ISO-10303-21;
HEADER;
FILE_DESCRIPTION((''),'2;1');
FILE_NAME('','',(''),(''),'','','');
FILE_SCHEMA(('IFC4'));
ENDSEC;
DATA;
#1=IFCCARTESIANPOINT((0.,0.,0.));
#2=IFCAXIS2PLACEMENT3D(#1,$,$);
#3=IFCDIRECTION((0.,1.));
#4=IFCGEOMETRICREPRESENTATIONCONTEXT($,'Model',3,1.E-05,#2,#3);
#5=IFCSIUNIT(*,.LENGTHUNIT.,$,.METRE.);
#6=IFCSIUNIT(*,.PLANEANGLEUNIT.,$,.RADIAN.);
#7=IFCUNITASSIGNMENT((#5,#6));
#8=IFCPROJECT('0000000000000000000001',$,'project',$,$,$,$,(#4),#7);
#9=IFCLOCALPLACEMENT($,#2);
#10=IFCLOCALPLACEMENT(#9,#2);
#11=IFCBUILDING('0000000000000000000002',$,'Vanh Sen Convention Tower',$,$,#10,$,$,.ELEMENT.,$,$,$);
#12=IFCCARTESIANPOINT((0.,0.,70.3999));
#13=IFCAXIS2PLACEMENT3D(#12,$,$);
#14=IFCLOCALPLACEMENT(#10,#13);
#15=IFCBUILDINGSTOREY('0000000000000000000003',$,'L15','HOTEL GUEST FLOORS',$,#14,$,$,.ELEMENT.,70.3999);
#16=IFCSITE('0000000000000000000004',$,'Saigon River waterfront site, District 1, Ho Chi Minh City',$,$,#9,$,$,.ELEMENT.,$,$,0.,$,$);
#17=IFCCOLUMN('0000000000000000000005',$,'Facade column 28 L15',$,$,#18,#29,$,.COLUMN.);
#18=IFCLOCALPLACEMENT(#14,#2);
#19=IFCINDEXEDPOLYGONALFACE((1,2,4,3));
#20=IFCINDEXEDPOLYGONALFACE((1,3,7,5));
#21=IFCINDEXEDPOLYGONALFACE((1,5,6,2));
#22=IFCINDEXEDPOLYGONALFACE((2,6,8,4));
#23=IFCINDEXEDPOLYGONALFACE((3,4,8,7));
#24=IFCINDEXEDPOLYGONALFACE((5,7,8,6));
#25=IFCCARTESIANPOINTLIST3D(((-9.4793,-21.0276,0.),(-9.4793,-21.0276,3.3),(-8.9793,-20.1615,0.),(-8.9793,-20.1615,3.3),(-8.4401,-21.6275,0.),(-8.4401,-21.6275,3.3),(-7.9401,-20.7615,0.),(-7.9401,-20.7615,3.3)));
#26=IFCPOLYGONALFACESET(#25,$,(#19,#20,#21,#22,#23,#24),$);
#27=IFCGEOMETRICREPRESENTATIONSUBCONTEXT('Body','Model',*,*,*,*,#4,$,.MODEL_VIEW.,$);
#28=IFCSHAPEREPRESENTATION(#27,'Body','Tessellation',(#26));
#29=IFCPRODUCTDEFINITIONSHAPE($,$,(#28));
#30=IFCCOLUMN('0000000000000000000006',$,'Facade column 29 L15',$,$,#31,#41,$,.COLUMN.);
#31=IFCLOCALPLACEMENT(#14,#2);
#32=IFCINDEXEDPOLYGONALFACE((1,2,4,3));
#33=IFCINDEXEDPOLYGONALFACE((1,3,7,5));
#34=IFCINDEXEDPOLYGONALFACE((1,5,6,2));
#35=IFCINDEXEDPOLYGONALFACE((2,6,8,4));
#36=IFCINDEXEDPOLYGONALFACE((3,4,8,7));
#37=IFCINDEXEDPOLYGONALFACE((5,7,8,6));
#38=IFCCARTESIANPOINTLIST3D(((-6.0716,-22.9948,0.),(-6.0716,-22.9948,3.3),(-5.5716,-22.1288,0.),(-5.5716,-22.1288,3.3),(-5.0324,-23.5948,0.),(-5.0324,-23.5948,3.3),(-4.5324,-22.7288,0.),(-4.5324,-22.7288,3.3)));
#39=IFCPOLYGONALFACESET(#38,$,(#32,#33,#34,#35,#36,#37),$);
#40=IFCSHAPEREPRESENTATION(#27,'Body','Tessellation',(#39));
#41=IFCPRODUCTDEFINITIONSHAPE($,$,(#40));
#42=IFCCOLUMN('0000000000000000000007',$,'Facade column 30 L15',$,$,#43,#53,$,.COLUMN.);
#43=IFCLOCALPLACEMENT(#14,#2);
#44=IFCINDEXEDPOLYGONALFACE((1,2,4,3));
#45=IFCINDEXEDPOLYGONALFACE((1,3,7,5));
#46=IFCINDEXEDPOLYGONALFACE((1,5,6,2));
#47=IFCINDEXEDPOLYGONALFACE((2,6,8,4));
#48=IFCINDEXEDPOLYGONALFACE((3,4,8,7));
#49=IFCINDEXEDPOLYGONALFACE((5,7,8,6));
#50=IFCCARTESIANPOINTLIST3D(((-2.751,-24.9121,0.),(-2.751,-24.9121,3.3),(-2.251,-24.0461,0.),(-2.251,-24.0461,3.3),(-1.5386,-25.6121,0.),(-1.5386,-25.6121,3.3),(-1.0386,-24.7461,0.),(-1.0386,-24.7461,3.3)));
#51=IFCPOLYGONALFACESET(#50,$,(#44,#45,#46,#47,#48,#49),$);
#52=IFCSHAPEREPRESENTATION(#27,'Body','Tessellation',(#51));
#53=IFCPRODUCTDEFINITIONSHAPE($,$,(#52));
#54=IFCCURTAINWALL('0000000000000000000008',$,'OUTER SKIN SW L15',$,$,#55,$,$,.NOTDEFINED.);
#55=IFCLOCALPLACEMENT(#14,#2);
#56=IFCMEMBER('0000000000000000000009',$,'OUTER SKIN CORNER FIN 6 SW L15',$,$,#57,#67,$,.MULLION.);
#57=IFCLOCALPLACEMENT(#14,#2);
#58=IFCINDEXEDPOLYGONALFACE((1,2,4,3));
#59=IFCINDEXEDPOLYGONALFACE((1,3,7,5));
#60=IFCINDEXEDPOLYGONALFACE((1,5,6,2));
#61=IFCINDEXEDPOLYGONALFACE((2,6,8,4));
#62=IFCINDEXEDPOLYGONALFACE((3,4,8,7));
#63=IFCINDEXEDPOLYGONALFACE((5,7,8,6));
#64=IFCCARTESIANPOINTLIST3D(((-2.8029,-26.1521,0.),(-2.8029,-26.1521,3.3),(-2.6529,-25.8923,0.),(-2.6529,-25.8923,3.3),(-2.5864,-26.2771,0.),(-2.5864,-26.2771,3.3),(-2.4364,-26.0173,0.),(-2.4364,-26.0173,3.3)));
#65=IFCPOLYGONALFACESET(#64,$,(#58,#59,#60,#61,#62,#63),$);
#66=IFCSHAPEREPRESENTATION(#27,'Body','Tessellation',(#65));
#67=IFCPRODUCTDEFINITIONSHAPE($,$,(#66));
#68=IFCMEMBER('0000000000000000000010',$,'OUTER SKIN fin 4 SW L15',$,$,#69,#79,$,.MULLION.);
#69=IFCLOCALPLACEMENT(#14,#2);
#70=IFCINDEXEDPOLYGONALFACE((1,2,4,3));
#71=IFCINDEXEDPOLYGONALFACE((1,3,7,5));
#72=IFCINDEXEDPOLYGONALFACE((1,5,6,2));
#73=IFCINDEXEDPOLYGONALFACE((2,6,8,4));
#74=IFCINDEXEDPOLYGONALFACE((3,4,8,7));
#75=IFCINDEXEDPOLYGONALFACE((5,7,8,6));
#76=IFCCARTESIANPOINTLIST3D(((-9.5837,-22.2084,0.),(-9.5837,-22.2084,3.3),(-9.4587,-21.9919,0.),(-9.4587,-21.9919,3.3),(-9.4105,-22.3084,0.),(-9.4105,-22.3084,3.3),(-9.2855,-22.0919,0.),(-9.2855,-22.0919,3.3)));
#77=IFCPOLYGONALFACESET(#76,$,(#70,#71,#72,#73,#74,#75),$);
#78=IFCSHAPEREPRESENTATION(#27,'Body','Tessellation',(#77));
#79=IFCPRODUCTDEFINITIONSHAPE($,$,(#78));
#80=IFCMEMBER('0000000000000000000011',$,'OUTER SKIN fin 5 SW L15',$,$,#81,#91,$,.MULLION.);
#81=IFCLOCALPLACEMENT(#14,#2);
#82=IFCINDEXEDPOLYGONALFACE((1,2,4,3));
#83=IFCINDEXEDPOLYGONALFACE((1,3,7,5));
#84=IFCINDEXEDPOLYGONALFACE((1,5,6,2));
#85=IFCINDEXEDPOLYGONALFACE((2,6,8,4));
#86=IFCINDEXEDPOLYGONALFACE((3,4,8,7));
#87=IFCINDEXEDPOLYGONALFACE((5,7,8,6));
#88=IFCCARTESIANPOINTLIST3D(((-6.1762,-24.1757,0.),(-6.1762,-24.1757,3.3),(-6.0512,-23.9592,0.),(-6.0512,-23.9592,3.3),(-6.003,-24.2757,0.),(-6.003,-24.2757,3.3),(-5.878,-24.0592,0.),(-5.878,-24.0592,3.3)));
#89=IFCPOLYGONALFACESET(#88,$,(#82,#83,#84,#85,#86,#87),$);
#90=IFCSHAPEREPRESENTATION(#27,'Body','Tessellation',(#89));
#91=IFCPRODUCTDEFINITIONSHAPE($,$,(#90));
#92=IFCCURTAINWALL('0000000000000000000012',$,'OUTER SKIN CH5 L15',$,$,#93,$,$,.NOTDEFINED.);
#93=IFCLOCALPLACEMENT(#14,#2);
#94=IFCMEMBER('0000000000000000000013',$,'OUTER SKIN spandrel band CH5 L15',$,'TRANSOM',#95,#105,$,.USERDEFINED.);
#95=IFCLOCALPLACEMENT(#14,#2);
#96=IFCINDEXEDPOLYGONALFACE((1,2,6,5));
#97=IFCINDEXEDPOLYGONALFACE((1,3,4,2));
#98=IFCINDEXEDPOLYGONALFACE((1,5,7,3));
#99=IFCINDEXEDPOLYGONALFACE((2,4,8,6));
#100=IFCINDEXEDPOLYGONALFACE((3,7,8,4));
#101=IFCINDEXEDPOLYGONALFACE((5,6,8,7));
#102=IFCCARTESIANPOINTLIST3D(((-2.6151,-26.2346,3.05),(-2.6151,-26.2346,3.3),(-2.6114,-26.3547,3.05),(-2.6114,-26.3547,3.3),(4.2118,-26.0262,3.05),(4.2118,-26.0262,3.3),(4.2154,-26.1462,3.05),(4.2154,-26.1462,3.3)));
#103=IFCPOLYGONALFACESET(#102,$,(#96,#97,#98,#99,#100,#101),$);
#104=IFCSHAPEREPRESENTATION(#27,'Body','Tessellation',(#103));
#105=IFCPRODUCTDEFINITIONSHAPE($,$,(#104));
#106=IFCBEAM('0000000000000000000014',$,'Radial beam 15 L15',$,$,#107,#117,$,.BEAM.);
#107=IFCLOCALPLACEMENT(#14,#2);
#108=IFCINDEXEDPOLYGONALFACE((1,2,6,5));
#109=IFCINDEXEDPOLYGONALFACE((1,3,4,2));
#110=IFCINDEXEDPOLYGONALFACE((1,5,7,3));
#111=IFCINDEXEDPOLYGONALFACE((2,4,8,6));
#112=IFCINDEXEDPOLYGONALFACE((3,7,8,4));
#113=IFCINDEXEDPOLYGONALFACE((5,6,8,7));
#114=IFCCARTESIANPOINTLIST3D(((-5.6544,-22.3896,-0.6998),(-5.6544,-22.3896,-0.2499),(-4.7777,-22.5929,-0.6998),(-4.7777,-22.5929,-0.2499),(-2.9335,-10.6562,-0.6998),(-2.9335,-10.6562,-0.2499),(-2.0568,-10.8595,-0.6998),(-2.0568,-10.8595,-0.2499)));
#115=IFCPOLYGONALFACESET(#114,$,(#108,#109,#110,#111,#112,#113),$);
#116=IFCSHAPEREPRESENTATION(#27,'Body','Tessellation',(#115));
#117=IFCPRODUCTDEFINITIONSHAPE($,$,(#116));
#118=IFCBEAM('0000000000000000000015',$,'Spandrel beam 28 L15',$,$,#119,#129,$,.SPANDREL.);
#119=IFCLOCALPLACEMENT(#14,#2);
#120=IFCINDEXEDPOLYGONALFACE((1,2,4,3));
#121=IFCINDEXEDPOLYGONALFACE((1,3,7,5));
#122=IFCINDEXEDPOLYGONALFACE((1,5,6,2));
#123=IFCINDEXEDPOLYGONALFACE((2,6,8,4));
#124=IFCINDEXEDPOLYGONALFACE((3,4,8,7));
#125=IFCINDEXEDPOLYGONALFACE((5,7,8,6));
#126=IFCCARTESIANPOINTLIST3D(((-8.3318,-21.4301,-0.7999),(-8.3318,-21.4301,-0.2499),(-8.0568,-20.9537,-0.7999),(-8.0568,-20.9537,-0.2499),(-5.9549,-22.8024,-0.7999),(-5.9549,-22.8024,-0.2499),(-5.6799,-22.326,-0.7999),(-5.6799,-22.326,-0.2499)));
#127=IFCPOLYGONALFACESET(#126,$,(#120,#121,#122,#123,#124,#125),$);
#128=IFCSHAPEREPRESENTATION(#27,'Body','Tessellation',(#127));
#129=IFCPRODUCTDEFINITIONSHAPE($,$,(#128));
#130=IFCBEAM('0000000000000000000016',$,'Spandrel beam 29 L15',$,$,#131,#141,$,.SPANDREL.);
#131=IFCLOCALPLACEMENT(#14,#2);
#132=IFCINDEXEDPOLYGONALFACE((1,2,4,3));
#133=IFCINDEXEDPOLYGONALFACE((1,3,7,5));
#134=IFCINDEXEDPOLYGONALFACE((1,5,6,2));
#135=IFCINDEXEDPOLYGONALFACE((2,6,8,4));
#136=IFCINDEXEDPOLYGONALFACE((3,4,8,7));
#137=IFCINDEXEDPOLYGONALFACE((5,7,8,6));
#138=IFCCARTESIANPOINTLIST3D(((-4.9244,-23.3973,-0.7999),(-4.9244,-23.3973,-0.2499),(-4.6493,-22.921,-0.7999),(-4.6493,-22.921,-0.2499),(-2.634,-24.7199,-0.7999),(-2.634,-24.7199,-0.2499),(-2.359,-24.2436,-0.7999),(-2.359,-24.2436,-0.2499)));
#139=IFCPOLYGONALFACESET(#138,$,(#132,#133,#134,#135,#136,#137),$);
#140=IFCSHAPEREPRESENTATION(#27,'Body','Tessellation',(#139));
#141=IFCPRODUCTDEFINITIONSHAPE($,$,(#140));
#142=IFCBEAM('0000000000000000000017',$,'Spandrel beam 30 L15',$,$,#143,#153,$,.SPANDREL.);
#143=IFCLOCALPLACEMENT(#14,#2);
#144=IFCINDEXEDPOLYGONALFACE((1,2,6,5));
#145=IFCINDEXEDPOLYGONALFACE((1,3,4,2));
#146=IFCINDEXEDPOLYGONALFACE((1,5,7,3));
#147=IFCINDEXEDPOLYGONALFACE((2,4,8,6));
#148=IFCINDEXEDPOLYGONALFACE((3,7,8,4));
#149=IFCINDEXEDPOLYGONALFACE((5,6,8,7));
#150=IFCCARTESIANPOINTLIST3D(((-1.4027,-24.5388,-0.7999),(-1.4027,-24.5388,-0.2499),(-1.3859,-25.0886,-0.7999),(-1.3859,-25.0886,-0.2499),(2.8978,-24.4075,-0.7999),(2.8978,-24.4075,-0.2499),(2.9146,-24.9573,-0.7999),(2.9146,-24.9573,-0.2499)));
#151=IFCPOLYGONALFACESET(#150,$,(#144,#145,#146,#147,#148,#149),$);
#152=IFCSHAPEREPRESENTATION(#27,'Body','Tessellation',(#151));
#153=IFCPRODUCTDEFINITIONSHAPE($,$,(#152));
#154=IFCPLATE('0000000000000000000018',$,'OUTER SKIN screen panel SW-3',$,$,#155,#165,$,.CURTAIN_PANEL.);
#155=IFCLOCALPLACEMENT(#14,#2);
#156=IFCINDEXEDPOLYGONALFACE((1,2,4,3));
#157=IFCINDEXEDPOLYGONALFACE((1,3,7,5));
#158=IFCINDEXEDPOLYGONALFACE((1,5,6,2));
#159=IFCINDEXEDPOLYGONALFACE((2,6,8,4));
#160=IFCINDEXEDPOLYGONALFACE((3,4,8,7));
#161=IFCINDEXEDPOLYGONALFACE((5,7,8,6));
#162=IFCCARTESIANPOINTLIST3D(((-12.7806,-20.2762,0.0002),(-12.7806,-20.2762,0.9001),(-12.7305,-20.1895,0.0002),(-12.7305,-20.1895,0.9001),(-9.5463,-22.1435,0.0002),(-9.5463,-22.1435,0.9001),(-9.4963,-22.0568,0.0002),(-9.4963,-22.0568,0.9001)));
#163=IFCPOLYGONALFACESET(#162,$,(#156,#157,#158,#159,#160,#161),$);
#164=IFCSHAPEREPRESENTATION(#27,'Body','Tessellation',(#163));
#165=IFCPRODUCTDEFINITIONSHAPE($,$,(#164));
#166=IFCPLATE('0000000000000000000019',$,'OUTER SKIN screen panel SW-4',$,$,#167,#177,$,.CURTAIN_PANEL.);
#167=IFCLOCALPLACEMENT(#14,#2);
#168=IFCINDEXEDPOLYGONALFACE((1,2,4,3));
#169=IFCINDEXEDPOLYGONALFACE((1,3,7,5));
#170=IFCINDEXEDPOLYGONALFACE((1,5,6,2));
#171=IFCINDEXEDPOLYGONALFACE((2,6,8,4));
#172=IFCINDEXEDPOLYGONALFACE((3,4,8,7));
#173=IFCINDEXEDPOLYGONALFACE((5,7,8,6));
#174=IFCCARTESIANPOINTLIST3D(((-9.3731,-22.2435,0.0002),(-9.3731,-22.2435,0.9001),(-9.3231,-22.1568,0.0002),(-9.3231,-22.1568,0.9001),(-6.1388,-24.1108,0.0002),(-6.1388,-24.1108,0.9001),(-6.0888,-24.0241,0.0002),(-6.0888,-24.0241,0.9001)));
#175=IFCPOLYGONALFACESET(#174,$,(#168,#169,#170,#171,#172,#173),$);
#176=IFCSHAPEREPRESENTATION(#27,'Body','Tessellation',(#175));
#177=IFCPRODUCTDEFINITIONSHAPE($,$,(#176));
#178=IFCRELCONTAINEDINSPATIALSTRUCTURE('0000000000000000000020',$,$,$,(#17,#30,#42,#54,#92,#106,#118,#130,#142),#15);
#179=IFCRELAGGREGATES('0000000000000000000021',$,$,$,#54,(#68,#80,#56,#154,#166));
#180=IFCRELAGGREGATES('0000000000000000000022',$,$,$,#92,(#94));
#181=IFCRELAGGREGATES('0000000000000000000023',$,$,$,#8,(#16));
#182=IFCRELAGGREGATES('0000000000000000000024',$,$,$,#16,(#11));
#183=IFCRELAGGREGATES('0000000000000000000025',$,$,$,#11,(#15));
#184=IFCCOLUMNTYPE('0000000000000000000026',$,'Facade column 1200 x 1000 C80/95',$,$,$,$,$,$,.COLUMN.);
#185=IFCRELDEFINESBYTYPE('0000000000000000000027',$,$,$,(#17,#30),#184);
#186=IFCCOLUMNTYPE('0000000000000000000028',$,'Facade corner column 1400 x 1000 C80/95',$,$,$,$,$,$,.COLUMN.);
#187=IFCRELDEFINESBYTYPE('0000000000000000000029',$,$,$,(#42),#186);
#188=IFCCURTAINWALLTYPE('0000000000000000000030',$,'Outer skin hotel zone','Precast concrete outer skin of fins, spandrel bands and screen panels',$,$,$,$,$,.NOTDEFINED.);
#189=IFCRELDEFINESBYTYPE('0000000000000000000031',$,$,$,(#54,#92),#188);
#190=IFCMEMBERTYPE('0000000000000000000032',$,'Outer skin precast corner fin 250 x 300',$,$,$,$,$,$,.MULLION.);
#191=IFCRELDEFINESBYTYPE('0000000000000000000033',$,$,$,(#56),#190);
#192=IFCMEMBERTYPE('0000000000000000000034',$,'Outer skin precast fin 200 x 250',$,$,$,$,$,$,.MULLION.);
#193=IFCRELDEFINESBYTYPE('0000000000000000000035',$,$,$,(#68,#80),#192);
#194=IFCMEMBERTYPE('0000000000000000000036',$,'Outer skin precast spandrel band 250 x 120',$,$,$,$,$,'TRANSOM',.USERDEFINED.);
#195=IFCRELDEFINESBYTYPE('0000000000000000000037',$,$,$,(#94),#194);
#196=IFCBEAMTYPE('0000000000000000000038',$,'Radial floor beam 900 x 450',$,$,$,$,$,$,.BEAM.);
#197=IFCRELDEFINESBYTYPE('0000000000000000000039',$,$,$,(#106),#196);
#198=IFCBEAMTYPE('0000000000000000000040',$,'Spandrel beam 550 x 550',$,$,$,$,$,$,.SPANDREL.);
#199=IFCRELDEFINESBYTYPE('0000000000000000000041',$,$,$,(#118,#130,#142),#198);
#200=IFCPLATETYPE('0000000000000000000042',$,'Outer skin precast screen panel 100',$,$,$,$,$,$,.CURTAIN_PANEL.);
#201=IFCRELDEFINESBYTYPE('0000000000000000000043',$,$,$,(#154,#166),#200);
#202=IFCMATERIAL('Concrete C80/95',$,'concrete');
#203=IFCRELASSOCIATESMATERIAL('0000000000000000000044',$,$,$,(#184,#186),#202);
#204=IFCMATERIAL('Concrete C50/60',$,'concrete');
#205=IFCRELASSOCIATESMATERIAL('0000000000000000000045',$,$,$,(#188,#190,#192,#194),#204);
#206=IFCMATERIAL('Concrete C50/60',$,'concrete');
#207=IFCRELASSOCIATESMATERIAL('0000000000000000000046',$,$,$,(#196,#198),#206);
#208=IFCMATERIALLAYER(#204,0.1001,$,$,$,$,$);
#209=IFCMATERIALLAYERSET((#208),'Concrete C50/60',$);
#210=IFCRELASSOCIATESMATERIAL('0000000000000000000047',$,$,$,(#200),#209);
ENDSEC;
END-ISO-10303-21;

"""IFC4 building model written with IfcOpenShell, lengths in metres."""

from ifc_helpers import new_model, si_unit, direction, frame, origin, origin_2d, place, context, subcontext, project, spatial, rectangle, extrude, material, layer, layer_set, material_profile, profile_set, type_object, element, aggregate, save


model = new_model("IFC4")

# Units and contexts
model_context = context("Model", 3, precision=1e-05, world=origin(), true_north=direction((0.0, 1.0)))
body_context = subcontext(model_context, "Body", "Model", "MODEL_VIEW")
ifc_project = project(units=[si_unit("LENGTHUNIT", "METRE"), si_unit("PLANEANGLEUNIT", "RADIAN")], contexts=[model_context])

# Site, building, storey
site_placement = place(None, origin())
site = spatial("IfcSite", under=ifc_project, at=site_placement, Name="Saigon River waterfront site, District 1, Ho Chi Minh City", CompositionType="ELEMENT", RefElevation=0.0)
building_placement = place(site_placement, origin())
building = spatial("IfcBuilding", under=site, at=building_placement, Name="Vanh Sen Convention Tower", CompositionType="ELEMENT")
storey_placement = place(building_placement, frame((0.0, 0.0, 70.3999)))
storey = spatial("IfcBuildingStorey", under=building, at=storey_placement, Name="L15", Description="HOTEL GUEST FLOORS", CompositionType="ELEMENT", Elevation=70.3999)

# Columns
ifc_material_1 = material(Name="Concrete C80/95", Category="concrete")
ifc_material_profile_1 = material_profile(ifc_material_1, rectangle(XDim=1.2, YDim=1.0, at=origin_2d()), Name="RC 1200X1000")
ifc_profile_set_1 = profile_set([ifc_material_profile_1], Name="Concrete C80/95")
column_type_1 = type_object("IfcColumnType", Name="Facade column 1200 x 1000 C80/95", PredefinedType="COLUMN", material=ifc_profile_set_1)
for number, where, z_axis, x_axis, name in (
    (1, (-8.7097, -20.8945, 0.0), (0.0, 0.0, 1.0), (0.866025, -0.5, 0.0), "Facade column 28 L15"),
    (2, (-5.302, -22.8618, 0.0), (0.0, 0.0, 1.0), (0.866025, -0.5, 0.0), "Facade column 29 L15"),
):
    element("IfcColumn", number, at=place(storey_placement, frame(where, z_axis=z_axis, x_axis=x_axis)), inside=storey, type_object=column_type_1, Name=name, PredefinedType="COLUMN", context=body_context, shape_type="SweptSolid", body=[
        extrude(rectangle(XDim=1.2, YDim=1.0, at=origin_2d()), origin(), (0.0, 0.0, 1.0), 3.3),
    ])
ifc_material_profile_2 = material_profile(ifc_material_1, rectangle(XDim=1.3999, YDim=1.0, at=origin_2d()), Name="RC 1400X1000")
ifc_profile_set_2 = profile_set([ifc_material_profile_2], Name="Concrete C80/95")
column_type_2 = type_object("IfcColumnType", Name="Facade corner column 1400 x 1000 C80/95", PredefinedType="COLUMN", material=ifc_profile_set_2)
column_placement = place(storey_placement, frame((-1.8948, -24.8291, 0.0), z_axis=(0.0, 0.0, 1.0), x_axis=(0.866025, -0.5, 0.0)))
element("IfcColumn", 3, at=column_placement, inside=storey, type_object=column_type_2, Name="Facade column 30 L15", PredefinedType="COLUMN", context=body_context, shape_type="SweptSolid", body=[
    extrude(rectangle(XDim=1.3999, YDim=1.0, at=origin_2d()), origin(), (0.0, 0.0, 1.0), 3.3),
])

# Curtain wall, members
ifc_material_2 = material(Name="Concrete C50/60", Category="concrete")
curtain_wall_type = type_object("IfcCurtainWallType", Name="Outer skin hotel zone", Description="Precast concrete outer skin of fins, spandrel bands and screen panels", PredefinedType="NOTDEFINED", material=ifc_material_2)
curtain_wall_1_placement = place(storey_placement, origin())
curtain_wall_1 = element("IfcCurtainWall", 4, at=curtain_wall_1_placement, inside=storey, type_object=curtain_wall_type, Name="OUTER SKIN SW L15", PredefinedType="NOTDEFINED")
ifc_material_profile_3 = material_profile(ifc_material_2, rectangle(XDim=0.25, YDim=0.3, at=origin_2d()), Name="Outer skin precast corner fin 250 x 300")
ifc_profile_set_3 = profile_set([ifc_material_profile_3], Name="Concrete C50/60")
member_type_1 = type_object("IfcMemberType", Name="Outer skin precast corner fin 250 x 300", PredefinedType="MULLION", material=ifc_profile_set_3)
member_1_placement = place(storey_placement, frame((-2.6196, -26.0847, 0.0), z_axis=(0.0, 0.0, 1.0), x_axis=(0.866025, -0.5, 0.0)))
member_1 = element("IfcMember", 5, at=member_1_placement, type_object=member_type_1, Name="OUTER SKIN CORNER FIN 6 SW L15", PredefinedType="MULLION", context=body_context, shape_type="SweptSolid", body=[
    extrude(rectangle(XDim=0.25, YDim=0.3, at=origin_2d()), origin(), (0.0, 0.0, 1.0), 3.3),
])
ifc_material_profile_4 = material_profile(ifc_material_2, rectangle(XDim=0.2, YDim=0.25, at=origin_2d()), Name="Outer skin precast fin 200 x 250")
ifc_profile_set_4 = profile_set([ifc_material_profile_4], Name="Concrete C50/60")
member_type_2 = type_object("IfcMemberType", Name="Outer skin precast fin 200 x 250", PredefinedType="MULLION", material=ifc_profile_set_4)
member_2_placement = place(storey_placement, frame((-9.4346, -22.1501, 0.0), z_axis=(0.0, 0.0, 1.0), x_axis=(0.866025, -0.5, 0.0)))
member_2 = element("IfcMember", 6, at=member_2_placement, type_object=member_type_2, Name="OUTER SKIN fin 4 SW L15", PredefinedType="MULLION", context=body_context, shape_type="SweptSolid", body=[
    extrude(rectangle(XDim=0.2, YDim=0.25, at=origin_2d()), origin(), (0.0, 0.0, 1.0), 3.3),
])
member_3_placement = place(storey_placement, frame((-6.0271, -24.1174, 0.0), z_axis=(0.0, 0.0, 1.0), x_axis=(0.866025, -0.5, 0.0)))
member_3 = element("IfcMember", 7, at=member_3_placement, type_object=member_type_2, Name="OUTER SKIN fin 5 SW L15", PredefinedType="MULLION", context=body_context, shape_type="SweptSolid", body=[
    extrude(rectangle(XDim=0.2, YDim=0.25, at=origin_2d()), origin(), (0.0, 0.0, 1.0), 3.3),
])

# Curtain wall, member
curtain_wall_2_placement = place(storey_placement, origin())
curtain_wall_2 = element("IfcCurtainWall", 8, at=curtain_wall_2_placement, inside=storey, type_object=curtain_wall_type, Name="OUTER SKIN CH5 L15", PredefinedType="NOTDEFINED")
ifc_material_profile_5 = material_profile(ifc_material_2, rectangle(XDim=0.1201, YDim=0.25, at=origin_2d()), Name="Outer skin precast spandrel band 250 x 120")
ifc_profile_set_5 = profile_set([ifc_material_profile_5], Name="Concrete C50/60")
member_type_3 = type_object("IfcMemberType", Name="Outer skin precast spandrel band 250 x 120", ElementType="TRANSOM", PredefinedType="USERDEFINED", material=ifc_profile_set_5)
member_4_placement = place(storey_placement, frame((-2.6133, -26.2947, 3.175), z_axis=(0.999534, 0.030526, 0.0), x_axis=(-0.030526, 0.999534, 0.0)))
member_4 = element("IfcMember", 9, at=member_4_placement, type_object=member_type_3, Name="OUTER SKIN spandrel band CH5 L15", ObjectType="TRANSOM", PredefinedType="USERDEFINED", context=body_context, shape_type="SweptSolid", body=[
    extrude(rectangle(XDim=0.1201, YDim=0.25, at=origin_2d()), origin(), (0.0, 0.0, 1.0), 6.8301),
])

# Beams
ifc_material_3 = material(Name="Concrete C50/60", Category="concrete")
ifc_material_profile_6 = material_profile(ifc_material_3, rectangle(XDim=0.8999, YDim=0.45, at=origin_2d()), Name="RC 900X450")
ifc_profile_set_6 = profile_set([ifc_material_profile_6], Name="Concrete C50/60")
beam_type_1 = type_object("IfcBeamType", Name="Radial floor beam 900 x 450", PredefinedType="BEAM", material=ifc_profile_set_6)
beam_1_placement = place(storey_placement, frame((-5.2161, -22.4912, -0.4749), z_axis=(0.225903, 0.97415, 0.0), x_axis=(-0.97415, 0.225903, 0.0)))
element("IfcBeam", 10, at=beam_1_placement, inside=storey, type_object=beam_type_1, Name="Radial beam 15 L15", PredefinedType="BEAM", context=body_context, shape_type="SweptSolid", body=[
    extrude(rectangle(XDim=0.8999, YDim=0.45, at=origin_2d()), origin(), (0.0, 0.0, 1.0), 12.0447),
])
ifc_material_profile_7 = material_profile(ifc_material_3, rectangle(XDim=0.55, YDim=0.55, at=origin_2d()), Name="RC 550X550")
ifc_profile_set_7 = profile_set([ifc_material_profile_7], Name="Concrete C50/60")
beam_type_2 = type_object("IfcBeamType", Name="Spandrel beam 550 x 550", PredefinedType="SPANDREL", material=ifc_profile_set_7)
beam_2_placement = place(storey_placement, frame((-8.1943, -21.1919, -0.5249), z_axis=(0.866029, -0.499995, 0.0), x_axis=(0.499995, 0.866029, 0.0)))
element("IfcBeam", 11, at=beam_2_placement, inside=storey, type_object=beam_type_2, Name="Spandrel beam 28 L15", PredefinedType="SPANDREL", context=body_context, shape_type="SweptSolid", body=[
    extrude(rectangle(XDim=0.55, YDim=0.55, at=origin_2d()), origin(), (0.0, 0.0, 1.0), 2.7446),
])
beam_3_placement = place(storey_placement, frame((-4.7869, -23.1592, -0.5249), z_axis=(0.86599, -0.500061, 0.0), x_axis=(0.500061, 0.86599, 0.0)))
element("IfcBeam", 12, at=beam_3_placement, inside=storey, type_object=beam_type_2, Name="Spandrel beam 29 L15", PredefinedType="SPANDREL", context=body_context, shape_type="SweptSolid", body=[
    extrude(rectangle(XDim=0.55, YDim=0.55, at=origin_2d()), origin(), (0.0, 0.0, 1.0), 2.6448),
])
beam_4_placement = place(storey_placement, frame((-1.3943, -24.8137, -0.5249), z_axis=(0.999534, 0.030528, 0.0), x_axis=(-0.030528, 0.999534, 0.0)))
element("IfcBeam", 13, at=beam_4_placement, inside=storey, type_object=beam_type_2, Name="Spandrel beam 30 L15", PredefinedType="SPANDREL", context=body_context, shape_type="SweptSolid", body=[
    extrude(rectangle(XDim=0.55, YDim=0.55, at=origin_2d()), origin(), (0.0, 0.0, 1.0), 4.3025),
])

# Plates
ifc_layer_1 = layer(ifc_material_2, 0.1001)
ifc_layer_set_1 = layer_set([ifc_layer_1], Name="Concrete C50/60")
plate_type = type_object("IfcPlateType", Name="Outer skin precast screen panel 100", PredefinedType="CURTAIN_PANEL", material=ifc_layer_set_1)
plate_1_placement = place(storey_placement, frame((-11.1384, -21.1665, 0.0002), z_axis=(0.0, 0.0, 1.0), x_axis=(0.866028, -0.499995, 0.0)))
plate_1 = element("IfcPlate", 14, at=plate_1_placement, type_object=plate_type, Name="OUTER SKIN screen panel SW-3", PredefinedType="CURTAIN_PANEL", context=body_context, shape_type="SweptSolid", body=[
    extrude(rectangle(XDim=3.7346, YDim=0.1001, at=origin_2d()), origin(), (0.0, 0.0, 1.0), 0.8999),
])
plate_2_placement = place(storey_placement, frame((-7.731, -23.1338, 0.0002), z_axis=(0.0, 0.0, 1.0), x_axis=(0.866028, -0.499995, 0.0)))
plate_2 = element("IfcPlate", 15, at=plate_2_placement, type_object=plate_type, Name="OUTER SKIN screen panel SW-4", PredefinedType="CURTAIN_PANEL", context=body_context, shape_type="SweptSolid", body=[
    extrude(rectangle(XDim=3.7346, YDim=0.1001, at=origin_2d()), origin(), (0.0, 0.0, 1.0), 0.8999),
])
aggregate(curtain_wall_1, [member_2, member_3, member_1, plate_1, plate_2])
aggregate(curtain_wall_2, [member_4])

save(model, "model.ifc")
